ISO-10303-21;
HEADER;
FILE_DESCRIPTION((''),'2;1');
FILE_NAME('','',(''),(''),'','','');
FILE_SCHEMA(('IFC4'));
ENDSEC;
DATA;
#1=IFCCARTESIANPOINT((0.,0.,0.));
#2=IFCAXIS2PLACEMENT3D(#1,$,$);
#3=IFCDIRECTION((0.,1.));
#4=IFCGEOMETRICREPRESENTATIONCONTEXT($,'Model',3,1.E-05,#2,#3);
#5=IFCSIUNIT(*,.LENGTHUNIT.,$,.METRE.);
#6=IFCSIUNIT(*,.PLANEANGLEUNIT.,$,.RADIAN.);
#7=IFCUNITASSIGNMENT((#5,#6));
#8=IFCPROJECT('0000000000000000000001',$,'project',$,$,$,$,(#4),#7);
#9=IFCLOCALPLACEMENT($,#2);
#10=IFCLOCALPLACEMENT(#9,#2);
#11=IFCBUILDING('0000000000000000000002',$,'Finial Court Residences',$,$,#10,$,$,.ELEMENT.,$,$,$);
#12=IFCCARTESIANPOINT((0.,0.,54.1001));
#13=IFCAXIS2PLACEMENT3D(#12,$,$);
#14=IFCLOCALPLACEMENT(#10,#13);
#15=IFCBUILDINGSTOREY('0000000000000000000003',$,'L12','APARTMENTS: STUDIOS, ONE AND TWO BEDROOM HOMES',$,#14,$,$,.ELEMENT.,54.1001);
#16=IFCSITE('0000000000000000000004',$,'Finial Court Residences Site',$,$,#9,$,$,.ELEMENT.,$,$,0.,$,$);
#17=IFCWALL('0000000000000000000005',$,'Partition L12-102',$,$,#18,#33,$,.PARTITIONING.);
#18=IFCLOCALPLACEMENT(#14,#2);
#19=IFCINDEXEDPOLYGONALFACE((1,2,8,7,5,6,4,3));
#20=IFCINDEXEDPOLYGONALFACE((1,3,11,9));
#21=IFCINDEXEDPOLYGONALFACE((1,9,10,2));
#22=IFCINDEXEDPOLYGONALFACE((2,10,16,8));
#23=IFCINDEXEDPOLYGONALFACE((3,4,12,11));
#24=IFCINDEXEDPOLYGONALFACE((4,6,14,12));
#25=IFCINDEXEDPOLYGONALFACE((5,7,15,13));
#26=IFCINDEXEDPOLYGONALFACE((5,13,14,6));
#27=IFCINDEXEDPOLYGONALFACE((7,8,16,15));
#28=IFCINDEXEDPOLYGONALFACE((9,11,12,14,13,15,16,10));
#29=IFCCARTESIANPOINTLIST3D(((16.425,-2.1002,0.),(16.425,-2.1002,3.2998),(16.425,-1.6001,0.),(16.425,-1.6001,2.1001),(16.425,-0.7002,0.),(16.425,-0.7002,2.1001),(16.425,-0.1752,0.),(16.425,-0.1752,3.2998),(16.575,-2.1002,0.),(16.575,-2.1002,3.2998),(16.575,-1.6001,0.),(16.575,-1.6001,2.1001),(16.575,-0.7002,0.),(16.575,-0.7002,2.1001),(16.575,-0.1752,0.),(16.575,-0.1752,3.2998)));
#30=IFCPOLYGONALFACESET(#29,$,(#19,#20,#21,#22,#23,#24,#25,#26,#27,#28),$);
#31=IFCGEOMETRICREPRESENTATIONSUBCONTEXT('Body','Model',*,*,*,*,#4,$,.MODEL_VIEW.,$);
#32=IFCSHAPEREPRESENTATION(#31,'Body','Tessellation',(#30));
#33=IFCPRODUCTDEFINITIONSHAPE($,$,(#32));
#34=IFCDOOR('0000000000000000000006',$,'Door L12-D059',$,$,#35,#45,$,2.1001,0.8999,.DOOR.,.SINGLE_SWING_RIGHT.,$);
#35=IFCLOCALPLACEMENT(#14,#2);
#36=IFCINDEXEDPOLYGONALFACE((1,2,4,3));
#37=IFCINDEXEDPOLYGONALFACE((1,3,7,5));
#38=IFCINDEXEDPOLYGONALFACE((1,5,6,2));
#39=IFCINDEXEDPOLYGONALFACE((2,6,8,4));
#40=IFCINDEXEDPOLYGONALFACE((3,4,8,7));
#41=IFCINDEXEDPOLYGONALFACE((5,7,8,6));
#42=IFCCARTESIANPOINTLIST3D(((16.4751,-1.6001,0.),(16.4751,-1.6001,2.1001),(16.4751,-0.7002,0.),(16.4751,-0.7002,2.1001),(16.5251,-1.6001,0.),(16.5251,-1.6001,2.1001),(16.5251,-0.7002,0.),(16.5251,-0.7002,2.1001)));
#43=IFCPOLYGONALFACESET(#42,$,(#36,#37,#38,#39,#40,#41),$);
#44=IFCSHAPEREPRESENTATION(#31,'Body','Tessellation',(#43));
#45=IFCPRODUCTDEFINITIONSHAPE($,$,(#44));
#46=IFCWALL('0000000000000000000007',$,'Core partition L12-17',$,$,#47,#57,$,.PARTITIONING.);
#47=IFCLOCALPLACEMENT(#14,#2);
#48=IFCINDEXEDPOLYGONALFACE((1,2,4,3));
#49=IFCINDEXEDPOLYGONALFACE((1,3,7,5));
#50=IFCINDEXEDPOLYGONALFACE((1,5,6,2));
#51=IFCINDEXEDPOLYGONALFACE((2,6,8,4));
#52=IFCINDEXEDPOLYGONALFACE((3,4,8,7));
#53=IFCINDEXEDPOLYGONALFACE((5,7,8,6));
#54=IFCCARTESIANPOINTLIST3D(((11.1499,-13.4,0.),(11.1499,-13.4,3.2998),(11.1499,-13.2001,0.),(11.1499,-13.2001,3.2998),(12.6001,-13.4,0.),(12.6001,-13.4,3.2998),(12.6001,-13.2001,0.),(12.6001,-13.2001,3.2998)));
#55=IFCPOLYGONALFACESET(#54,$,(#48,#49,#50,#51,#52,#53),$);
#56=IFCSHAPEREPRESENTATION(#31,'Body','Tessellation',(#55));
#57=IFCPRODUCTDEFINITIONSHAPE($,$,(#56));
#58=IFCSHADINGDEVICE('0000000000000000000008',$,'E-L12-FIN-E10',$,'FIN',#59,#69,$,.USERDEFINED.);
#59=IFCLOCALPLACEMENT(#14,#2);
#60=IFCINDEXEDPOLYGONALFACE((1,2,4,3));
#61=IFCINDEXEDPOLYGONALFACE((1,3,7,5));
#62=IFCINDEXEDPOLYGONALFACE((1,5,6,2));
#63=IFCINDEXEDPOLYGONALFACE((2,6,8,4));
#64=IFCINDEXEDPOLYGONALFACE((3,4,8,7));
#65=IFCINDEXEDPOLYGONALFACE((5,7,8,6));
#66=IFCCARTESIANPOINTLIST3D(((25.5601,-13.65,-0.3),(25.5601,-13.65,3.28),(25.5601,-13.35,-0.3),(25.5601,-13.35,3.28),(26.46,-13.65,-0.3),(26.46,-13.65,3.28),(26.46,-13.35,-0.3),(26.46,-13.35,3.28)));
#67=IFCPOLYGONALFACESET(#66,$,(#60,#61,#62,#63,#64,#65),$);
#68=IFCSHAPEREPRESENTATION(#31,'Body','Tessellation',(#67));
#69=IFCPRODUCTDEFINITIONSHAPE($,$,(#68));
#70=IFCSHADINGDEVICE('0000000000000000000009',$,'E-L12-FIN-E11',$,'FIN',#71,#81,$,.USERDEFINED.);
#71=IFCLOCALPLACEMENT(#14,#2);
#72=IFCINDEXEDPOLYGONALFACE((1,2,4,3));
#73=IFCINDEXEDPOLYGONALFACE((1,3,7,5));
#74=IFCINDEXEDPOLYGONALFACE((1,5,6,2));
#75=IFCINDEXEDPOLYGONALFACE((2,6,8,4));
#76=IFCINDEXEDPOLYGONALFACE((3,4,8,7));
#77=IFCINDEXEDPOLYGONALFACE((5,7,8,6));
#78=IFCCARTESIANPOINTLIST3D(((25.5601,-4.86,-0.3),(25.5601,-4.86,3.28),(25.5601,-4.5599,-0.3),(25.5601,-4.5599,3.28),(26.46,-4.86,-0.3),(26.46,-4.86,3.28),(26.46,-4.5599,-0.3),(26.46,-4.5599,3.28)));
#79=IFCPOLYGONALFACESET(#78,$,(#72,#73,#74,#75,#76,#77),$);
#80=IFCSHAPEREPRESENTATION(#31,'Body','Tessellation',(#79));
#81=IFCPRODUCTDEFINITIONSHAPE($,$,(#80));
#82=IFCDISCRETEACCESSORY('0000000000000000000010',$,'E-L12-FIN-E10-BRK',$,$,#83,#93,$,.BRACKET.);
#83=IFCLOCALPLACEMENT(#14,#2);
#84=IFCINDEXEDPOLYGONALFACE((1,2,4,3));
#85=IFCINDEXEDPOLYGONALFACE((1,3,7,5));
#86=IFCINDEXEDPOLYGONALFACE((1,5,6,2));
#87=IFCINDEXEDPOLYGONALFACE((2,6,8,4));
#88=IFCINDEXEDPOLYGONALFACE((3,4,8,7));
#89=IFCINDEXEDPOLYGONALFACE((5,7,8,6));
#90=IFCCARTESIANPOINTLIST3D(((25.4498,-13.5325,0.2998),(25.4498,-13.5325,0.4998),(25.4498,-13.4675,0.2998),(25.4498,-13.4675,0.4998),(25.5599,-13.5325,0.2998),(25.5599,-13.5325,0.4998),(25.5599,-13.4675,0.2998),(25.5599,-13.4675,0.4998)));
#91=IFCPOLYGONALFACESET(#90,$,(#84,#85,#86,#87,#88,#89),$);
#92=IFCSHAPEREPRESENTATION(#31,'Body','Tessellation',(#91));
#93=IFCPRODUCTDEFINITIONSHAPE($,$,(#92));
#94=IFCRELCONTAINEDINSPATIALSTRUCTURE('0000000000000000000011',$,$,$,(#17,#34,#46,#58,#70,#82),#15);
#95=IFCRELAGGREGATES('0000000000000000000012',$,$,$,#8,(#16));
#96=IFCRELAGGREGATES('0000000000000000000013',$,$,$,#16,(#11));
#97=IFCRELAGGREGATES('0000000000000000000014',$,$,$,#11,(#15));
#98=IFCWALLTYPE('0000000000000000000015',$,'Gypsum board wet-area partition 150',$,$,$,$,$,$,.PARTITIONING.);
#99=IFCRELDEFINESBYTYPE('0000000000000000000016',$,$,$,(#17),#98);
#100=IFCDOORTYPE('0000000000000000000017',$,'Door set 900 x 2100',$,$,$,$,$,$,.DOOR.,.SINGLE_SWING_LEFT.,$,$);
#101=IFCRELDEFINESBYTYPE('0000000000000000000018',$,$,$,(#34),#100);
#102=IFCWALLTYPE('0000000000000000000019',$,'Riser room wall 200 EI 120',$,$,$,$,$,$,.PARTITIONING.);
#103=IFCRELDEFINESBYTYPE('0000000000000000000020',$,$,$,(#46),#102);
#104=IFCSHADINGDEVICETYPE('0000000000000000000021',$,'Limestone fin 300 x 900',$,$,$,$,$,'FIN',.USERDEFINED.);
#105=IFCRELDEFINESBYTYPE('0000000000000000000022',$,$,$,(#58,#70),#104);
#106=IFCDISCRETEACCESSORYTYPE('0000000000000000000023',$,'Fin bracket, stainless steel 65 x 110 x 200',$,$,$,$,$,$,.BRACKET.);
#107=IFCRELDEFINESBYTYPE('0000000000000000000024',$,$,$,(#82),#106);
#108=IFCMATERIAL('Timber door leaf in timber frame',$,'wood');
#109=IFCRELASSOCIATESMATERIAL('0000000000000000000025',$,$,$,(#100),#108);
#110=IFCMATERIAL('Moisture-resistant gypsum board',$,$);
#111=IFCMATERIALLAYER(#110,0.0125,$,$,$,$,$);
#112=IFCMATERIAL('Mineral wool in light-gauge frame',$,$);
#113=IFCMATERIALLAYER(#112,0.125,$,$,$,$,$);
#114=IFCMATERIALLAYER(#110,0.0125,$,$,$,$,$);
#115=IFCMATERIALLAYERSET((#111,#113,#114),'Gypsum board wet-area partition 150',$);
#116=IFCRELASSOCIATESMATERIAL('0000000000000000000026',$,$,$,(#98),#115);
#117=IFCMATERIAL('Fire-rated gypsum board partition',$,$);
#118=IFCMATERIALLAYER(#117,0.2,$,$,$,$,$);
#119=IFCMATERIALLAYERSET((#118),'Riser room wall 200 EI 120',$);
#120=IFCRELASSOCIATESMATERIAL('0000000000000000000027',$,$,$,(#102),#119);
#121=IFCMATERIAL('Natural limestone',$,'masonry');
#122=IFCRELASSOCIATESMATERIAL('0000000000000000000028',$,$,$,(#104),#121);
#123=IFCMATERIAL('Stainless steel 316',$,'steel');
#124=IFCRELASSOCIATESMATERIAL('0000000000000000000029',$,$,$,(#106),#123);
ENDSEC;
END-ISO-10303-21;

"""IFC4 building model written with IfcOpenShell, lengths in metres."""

from ifc_helpers import new_model, si_unit, direction, frame, frame_2d, origin, origin_2d, place, context, subcontext, project, spatial, rectangle, extrude, material, layer, layer_set, type_object, element, fill, save


model = new_model("IFC4")

# Units and contexts
model_context = context("Model", 3, precision=1e-05, world=origin(), true_north=direction((0.0, 1.0)))
body_context = subcontext(model_context, "Body", "Model", "MODEL_VIEW")
ifc_project = project(units=[si_unit("LENGTHUNIT", "METRE"), si_unit("PLANEANGLEUNIT", "RADIAN")], contexts=[model_context])

# Site, building, storey
site_placement = place(None, origin())
site = spatial("IfcSite", under=ifc_project, at=site_placement, Name="Finial Court Residences Site", CompositionType="ELEMENT", RefElevation=0.0)
building_placement = place(site_placement, origin())
building = spatial("IfcBuilding", under=site, at=building_placement, Name="Finial Court Residences", CompositionType="ELEMENT")
storey_placement = place(building_placement, frame((0.0, 0.0, 54.1001)))
storey = spatial("IfcBuildingStorey", under=building, at=storey_placement, Name="L12", Description="APARTMENTS: STUDIOS, ONE AND TWO BEDROOM HOMES", CompositionType="ELEMENT", Elevation=54.1001)

# Shared definitions
ifc_material_1 = material(Name="Mineral wool in light-gauge frame")

# Shared definitions
ifc_material_2 = material(Name="Timber door leaf in timber frame", Category="wood")
door_type_1 = type_object("IfcDoorType", Name="Door set 900 x 2100", OperationType="SINGLE_SWING_LEFT", PredefinedType="DOOR", material=ifc_material_2)

# Shared definitions
ifc_material_3 = material(Name="Moisture-resistant gypsum board")
ifc_layer_1 = layer(ifc_material_3, 0.0125)
ifc_layer_2 = layer(ifc_material_1, 0.125)
ifc_layer_3 = layer(ifc_material_3, 0.0125)
ifc_layer_set_1 = layer_set([ifc_layer_1, ifc_layer_2, ifc_layer_3], Name="Gypsum board wet-area partition 150")
wall_type_1 = type_object("IfcWallType", Name="Gypsum board wet-area partition 150", PredefinedType="PARTITIONING", material=ifc_layer_set_1)

# Wall, opening, door
wall_1_placement = place(storey_placement, frame((16.5, -2.1001, 0.0), z_axis=(0.0, 0.0, 1.0), x_axis=(0.0, 1.0, 0.0)))
wall_1 = element("IfcWall", 1, at=wall_1_placement, inside=storey, type_object=wall_type_1, Name="Partition L12-102", PredefinedType="PARTITIONING", context=body_context, shape_type="SweptSolid", body=[
    extrude(rectangle(XDim=1.925, YDim=0.1499, at=frame_2d((0.9624, 0.0))), origin(), (0.0, 0.0, 1.0), 3.2998),
])
opening_1_placement = place(wall_1_placement, frame((0.5, 0.0, 0.0)))
opening_1 = element("IfcOpeningElement", 2, at=opening_1_placement, cuts=wall_1, PredefinedType="OPENING", context=body_context, shape_type="SweptSolid", body=[
    extrude(rectangle(XDim=0.8999, YDim=2.1001, at=frame_2d((0.45, 1.05))), frame((0.0, 0.085, 0.0), z_axis=(0.0, -1.0, 0.0), x_axis=(1.0, 0.0, 0.0)), (0.0, 0.0, 1.0), 0.1699),
])
door_1_placement = place(opening_1_placement, origin())
door_1 = element("IfcDoor", 3, at=door_1_placement, inside=storey, type_object=door_type_1, Name="Door L12-D059", OperationType="SINGLE_SWING_RIGHT", OverallHeight=2.1001, OverallWidth=0.8999, PredefinedType="DOOR", context=body_context, shape_type="SweptSolid", body=[
    extrude(rectangle(XDim=0.8999, YDim=2.1001, at=frame_2d((0.45, 1.05))), frame((0.0, 0.0249, 0.0), z_axis=(0.0, -1.0, 0.0), x_axis=(1.0, 0.0, 0.0)), (0.0, 0.0, 1.0), 0.05),
])
fill(opening_1, door_1)

# Wall
ifc_material_4 = material(Name="Fire-rated gypsum board partition")
ifc_layer_4 = layer(ifc_material_4, 0.2)
ifc_layer_set_2 = layer_set([ifc_layer_4], Name="Riser room wall 200 EI 120")
wall_type_2 = type_object("IfcWallType", Name="Riser room wall 200 EI 120", PredefinedType="PARTITIONING", material=ifc_layer_set_2)
wall_2_placement = place(storey_placement, frame((11.1499, -13.3, 0.0), z_axis=(0.0, 0.0, 1.0), x_axis=(1.0, 0.0, 0.0)))
element("IfcWall", 4, at=wall_2_placement, inside=storey, type_object=wall_type_2, Name="Core partition L12-17", PredefinedType="PARTITIONING", context=body_context, shape_type="SweptSolid", body=[
    extrude(rectangle(XDim=1.4502, YDim=0.2, at=frame_2d((0.7251, 0.0))), origin(), (0.0, 0.0, 1.0), 3.2998),
])

# Shading devices
ifc_material_5 = material(Name="Natural limestone", Category="masonry")
shading_device_type = type_object("IfcShadingDeviceType", Name="Limestone fin 300 x 900", ElementType="FIN", PredefinedType="USERDEFINED", material=ifc_material_5)
for number, where, z_axis, x_axis, name in (
    (5, (26.01, -13.5, -0.3), (0.0, 0.0, 1.0), (1.0, 0.0, 0.0), "E-L12-FIN-E10"),
    (6, (26.01, -4.71, -0.3), (0.0, 0.0, 1.0), (1.0, 0.0, 0.0), "E-L12-FIN-E11"),
):
    element("IfcShadingDevice", number, at=place(storey_placement, frame(where, z_axis=z_axis, x_axis=x_axis)), inside=storey, type_object=shading_device_type, Name=name, ObjectType="FIN", PredefinedType="USERDEFINED", context=body_context, shape_type="SweptSolid", body=[
        extrude(rectangle(XDim=0.8999, YDim=0.3, at=origin_2d()), origin(), (0.0, 0.0, 1.0), 3.5801),
    ])

# Discrete accessory
ifc_material_6 = material(Name="Stainless steel 316", Category="steel")
discrete_accessory_type = type_object("IfcDiscreteAccessoryType", Name="Fin bracket, stainless steel 65 x 110 x 200", PredefinedType="BRACKET", material=ifc_material_6)
discrete_accessory_placement = place(storey_placement, frame((25.5049, -13.5, 0.2998), z_axis=(0.0, 0.0, 1.0), x_axis=(1.0, 0.0, 0.0)))
element("IfcDiscreteAccessory", 7, at=discrete_accessory_placement, inside=storey, type_object=discrete_accessory_type, Name="E-L12-FIN-E10-BRK", PredefinedType="BRACKET", context=body_context, shape_type="SweptSolid", body=[
    extrude(rectangle(XDim=0.1101, YDim=0.0649, at=origin_2d()), origin(), (0.0, 0.0, 1.0), 0.2),
])

save(model, "model.ifc")
